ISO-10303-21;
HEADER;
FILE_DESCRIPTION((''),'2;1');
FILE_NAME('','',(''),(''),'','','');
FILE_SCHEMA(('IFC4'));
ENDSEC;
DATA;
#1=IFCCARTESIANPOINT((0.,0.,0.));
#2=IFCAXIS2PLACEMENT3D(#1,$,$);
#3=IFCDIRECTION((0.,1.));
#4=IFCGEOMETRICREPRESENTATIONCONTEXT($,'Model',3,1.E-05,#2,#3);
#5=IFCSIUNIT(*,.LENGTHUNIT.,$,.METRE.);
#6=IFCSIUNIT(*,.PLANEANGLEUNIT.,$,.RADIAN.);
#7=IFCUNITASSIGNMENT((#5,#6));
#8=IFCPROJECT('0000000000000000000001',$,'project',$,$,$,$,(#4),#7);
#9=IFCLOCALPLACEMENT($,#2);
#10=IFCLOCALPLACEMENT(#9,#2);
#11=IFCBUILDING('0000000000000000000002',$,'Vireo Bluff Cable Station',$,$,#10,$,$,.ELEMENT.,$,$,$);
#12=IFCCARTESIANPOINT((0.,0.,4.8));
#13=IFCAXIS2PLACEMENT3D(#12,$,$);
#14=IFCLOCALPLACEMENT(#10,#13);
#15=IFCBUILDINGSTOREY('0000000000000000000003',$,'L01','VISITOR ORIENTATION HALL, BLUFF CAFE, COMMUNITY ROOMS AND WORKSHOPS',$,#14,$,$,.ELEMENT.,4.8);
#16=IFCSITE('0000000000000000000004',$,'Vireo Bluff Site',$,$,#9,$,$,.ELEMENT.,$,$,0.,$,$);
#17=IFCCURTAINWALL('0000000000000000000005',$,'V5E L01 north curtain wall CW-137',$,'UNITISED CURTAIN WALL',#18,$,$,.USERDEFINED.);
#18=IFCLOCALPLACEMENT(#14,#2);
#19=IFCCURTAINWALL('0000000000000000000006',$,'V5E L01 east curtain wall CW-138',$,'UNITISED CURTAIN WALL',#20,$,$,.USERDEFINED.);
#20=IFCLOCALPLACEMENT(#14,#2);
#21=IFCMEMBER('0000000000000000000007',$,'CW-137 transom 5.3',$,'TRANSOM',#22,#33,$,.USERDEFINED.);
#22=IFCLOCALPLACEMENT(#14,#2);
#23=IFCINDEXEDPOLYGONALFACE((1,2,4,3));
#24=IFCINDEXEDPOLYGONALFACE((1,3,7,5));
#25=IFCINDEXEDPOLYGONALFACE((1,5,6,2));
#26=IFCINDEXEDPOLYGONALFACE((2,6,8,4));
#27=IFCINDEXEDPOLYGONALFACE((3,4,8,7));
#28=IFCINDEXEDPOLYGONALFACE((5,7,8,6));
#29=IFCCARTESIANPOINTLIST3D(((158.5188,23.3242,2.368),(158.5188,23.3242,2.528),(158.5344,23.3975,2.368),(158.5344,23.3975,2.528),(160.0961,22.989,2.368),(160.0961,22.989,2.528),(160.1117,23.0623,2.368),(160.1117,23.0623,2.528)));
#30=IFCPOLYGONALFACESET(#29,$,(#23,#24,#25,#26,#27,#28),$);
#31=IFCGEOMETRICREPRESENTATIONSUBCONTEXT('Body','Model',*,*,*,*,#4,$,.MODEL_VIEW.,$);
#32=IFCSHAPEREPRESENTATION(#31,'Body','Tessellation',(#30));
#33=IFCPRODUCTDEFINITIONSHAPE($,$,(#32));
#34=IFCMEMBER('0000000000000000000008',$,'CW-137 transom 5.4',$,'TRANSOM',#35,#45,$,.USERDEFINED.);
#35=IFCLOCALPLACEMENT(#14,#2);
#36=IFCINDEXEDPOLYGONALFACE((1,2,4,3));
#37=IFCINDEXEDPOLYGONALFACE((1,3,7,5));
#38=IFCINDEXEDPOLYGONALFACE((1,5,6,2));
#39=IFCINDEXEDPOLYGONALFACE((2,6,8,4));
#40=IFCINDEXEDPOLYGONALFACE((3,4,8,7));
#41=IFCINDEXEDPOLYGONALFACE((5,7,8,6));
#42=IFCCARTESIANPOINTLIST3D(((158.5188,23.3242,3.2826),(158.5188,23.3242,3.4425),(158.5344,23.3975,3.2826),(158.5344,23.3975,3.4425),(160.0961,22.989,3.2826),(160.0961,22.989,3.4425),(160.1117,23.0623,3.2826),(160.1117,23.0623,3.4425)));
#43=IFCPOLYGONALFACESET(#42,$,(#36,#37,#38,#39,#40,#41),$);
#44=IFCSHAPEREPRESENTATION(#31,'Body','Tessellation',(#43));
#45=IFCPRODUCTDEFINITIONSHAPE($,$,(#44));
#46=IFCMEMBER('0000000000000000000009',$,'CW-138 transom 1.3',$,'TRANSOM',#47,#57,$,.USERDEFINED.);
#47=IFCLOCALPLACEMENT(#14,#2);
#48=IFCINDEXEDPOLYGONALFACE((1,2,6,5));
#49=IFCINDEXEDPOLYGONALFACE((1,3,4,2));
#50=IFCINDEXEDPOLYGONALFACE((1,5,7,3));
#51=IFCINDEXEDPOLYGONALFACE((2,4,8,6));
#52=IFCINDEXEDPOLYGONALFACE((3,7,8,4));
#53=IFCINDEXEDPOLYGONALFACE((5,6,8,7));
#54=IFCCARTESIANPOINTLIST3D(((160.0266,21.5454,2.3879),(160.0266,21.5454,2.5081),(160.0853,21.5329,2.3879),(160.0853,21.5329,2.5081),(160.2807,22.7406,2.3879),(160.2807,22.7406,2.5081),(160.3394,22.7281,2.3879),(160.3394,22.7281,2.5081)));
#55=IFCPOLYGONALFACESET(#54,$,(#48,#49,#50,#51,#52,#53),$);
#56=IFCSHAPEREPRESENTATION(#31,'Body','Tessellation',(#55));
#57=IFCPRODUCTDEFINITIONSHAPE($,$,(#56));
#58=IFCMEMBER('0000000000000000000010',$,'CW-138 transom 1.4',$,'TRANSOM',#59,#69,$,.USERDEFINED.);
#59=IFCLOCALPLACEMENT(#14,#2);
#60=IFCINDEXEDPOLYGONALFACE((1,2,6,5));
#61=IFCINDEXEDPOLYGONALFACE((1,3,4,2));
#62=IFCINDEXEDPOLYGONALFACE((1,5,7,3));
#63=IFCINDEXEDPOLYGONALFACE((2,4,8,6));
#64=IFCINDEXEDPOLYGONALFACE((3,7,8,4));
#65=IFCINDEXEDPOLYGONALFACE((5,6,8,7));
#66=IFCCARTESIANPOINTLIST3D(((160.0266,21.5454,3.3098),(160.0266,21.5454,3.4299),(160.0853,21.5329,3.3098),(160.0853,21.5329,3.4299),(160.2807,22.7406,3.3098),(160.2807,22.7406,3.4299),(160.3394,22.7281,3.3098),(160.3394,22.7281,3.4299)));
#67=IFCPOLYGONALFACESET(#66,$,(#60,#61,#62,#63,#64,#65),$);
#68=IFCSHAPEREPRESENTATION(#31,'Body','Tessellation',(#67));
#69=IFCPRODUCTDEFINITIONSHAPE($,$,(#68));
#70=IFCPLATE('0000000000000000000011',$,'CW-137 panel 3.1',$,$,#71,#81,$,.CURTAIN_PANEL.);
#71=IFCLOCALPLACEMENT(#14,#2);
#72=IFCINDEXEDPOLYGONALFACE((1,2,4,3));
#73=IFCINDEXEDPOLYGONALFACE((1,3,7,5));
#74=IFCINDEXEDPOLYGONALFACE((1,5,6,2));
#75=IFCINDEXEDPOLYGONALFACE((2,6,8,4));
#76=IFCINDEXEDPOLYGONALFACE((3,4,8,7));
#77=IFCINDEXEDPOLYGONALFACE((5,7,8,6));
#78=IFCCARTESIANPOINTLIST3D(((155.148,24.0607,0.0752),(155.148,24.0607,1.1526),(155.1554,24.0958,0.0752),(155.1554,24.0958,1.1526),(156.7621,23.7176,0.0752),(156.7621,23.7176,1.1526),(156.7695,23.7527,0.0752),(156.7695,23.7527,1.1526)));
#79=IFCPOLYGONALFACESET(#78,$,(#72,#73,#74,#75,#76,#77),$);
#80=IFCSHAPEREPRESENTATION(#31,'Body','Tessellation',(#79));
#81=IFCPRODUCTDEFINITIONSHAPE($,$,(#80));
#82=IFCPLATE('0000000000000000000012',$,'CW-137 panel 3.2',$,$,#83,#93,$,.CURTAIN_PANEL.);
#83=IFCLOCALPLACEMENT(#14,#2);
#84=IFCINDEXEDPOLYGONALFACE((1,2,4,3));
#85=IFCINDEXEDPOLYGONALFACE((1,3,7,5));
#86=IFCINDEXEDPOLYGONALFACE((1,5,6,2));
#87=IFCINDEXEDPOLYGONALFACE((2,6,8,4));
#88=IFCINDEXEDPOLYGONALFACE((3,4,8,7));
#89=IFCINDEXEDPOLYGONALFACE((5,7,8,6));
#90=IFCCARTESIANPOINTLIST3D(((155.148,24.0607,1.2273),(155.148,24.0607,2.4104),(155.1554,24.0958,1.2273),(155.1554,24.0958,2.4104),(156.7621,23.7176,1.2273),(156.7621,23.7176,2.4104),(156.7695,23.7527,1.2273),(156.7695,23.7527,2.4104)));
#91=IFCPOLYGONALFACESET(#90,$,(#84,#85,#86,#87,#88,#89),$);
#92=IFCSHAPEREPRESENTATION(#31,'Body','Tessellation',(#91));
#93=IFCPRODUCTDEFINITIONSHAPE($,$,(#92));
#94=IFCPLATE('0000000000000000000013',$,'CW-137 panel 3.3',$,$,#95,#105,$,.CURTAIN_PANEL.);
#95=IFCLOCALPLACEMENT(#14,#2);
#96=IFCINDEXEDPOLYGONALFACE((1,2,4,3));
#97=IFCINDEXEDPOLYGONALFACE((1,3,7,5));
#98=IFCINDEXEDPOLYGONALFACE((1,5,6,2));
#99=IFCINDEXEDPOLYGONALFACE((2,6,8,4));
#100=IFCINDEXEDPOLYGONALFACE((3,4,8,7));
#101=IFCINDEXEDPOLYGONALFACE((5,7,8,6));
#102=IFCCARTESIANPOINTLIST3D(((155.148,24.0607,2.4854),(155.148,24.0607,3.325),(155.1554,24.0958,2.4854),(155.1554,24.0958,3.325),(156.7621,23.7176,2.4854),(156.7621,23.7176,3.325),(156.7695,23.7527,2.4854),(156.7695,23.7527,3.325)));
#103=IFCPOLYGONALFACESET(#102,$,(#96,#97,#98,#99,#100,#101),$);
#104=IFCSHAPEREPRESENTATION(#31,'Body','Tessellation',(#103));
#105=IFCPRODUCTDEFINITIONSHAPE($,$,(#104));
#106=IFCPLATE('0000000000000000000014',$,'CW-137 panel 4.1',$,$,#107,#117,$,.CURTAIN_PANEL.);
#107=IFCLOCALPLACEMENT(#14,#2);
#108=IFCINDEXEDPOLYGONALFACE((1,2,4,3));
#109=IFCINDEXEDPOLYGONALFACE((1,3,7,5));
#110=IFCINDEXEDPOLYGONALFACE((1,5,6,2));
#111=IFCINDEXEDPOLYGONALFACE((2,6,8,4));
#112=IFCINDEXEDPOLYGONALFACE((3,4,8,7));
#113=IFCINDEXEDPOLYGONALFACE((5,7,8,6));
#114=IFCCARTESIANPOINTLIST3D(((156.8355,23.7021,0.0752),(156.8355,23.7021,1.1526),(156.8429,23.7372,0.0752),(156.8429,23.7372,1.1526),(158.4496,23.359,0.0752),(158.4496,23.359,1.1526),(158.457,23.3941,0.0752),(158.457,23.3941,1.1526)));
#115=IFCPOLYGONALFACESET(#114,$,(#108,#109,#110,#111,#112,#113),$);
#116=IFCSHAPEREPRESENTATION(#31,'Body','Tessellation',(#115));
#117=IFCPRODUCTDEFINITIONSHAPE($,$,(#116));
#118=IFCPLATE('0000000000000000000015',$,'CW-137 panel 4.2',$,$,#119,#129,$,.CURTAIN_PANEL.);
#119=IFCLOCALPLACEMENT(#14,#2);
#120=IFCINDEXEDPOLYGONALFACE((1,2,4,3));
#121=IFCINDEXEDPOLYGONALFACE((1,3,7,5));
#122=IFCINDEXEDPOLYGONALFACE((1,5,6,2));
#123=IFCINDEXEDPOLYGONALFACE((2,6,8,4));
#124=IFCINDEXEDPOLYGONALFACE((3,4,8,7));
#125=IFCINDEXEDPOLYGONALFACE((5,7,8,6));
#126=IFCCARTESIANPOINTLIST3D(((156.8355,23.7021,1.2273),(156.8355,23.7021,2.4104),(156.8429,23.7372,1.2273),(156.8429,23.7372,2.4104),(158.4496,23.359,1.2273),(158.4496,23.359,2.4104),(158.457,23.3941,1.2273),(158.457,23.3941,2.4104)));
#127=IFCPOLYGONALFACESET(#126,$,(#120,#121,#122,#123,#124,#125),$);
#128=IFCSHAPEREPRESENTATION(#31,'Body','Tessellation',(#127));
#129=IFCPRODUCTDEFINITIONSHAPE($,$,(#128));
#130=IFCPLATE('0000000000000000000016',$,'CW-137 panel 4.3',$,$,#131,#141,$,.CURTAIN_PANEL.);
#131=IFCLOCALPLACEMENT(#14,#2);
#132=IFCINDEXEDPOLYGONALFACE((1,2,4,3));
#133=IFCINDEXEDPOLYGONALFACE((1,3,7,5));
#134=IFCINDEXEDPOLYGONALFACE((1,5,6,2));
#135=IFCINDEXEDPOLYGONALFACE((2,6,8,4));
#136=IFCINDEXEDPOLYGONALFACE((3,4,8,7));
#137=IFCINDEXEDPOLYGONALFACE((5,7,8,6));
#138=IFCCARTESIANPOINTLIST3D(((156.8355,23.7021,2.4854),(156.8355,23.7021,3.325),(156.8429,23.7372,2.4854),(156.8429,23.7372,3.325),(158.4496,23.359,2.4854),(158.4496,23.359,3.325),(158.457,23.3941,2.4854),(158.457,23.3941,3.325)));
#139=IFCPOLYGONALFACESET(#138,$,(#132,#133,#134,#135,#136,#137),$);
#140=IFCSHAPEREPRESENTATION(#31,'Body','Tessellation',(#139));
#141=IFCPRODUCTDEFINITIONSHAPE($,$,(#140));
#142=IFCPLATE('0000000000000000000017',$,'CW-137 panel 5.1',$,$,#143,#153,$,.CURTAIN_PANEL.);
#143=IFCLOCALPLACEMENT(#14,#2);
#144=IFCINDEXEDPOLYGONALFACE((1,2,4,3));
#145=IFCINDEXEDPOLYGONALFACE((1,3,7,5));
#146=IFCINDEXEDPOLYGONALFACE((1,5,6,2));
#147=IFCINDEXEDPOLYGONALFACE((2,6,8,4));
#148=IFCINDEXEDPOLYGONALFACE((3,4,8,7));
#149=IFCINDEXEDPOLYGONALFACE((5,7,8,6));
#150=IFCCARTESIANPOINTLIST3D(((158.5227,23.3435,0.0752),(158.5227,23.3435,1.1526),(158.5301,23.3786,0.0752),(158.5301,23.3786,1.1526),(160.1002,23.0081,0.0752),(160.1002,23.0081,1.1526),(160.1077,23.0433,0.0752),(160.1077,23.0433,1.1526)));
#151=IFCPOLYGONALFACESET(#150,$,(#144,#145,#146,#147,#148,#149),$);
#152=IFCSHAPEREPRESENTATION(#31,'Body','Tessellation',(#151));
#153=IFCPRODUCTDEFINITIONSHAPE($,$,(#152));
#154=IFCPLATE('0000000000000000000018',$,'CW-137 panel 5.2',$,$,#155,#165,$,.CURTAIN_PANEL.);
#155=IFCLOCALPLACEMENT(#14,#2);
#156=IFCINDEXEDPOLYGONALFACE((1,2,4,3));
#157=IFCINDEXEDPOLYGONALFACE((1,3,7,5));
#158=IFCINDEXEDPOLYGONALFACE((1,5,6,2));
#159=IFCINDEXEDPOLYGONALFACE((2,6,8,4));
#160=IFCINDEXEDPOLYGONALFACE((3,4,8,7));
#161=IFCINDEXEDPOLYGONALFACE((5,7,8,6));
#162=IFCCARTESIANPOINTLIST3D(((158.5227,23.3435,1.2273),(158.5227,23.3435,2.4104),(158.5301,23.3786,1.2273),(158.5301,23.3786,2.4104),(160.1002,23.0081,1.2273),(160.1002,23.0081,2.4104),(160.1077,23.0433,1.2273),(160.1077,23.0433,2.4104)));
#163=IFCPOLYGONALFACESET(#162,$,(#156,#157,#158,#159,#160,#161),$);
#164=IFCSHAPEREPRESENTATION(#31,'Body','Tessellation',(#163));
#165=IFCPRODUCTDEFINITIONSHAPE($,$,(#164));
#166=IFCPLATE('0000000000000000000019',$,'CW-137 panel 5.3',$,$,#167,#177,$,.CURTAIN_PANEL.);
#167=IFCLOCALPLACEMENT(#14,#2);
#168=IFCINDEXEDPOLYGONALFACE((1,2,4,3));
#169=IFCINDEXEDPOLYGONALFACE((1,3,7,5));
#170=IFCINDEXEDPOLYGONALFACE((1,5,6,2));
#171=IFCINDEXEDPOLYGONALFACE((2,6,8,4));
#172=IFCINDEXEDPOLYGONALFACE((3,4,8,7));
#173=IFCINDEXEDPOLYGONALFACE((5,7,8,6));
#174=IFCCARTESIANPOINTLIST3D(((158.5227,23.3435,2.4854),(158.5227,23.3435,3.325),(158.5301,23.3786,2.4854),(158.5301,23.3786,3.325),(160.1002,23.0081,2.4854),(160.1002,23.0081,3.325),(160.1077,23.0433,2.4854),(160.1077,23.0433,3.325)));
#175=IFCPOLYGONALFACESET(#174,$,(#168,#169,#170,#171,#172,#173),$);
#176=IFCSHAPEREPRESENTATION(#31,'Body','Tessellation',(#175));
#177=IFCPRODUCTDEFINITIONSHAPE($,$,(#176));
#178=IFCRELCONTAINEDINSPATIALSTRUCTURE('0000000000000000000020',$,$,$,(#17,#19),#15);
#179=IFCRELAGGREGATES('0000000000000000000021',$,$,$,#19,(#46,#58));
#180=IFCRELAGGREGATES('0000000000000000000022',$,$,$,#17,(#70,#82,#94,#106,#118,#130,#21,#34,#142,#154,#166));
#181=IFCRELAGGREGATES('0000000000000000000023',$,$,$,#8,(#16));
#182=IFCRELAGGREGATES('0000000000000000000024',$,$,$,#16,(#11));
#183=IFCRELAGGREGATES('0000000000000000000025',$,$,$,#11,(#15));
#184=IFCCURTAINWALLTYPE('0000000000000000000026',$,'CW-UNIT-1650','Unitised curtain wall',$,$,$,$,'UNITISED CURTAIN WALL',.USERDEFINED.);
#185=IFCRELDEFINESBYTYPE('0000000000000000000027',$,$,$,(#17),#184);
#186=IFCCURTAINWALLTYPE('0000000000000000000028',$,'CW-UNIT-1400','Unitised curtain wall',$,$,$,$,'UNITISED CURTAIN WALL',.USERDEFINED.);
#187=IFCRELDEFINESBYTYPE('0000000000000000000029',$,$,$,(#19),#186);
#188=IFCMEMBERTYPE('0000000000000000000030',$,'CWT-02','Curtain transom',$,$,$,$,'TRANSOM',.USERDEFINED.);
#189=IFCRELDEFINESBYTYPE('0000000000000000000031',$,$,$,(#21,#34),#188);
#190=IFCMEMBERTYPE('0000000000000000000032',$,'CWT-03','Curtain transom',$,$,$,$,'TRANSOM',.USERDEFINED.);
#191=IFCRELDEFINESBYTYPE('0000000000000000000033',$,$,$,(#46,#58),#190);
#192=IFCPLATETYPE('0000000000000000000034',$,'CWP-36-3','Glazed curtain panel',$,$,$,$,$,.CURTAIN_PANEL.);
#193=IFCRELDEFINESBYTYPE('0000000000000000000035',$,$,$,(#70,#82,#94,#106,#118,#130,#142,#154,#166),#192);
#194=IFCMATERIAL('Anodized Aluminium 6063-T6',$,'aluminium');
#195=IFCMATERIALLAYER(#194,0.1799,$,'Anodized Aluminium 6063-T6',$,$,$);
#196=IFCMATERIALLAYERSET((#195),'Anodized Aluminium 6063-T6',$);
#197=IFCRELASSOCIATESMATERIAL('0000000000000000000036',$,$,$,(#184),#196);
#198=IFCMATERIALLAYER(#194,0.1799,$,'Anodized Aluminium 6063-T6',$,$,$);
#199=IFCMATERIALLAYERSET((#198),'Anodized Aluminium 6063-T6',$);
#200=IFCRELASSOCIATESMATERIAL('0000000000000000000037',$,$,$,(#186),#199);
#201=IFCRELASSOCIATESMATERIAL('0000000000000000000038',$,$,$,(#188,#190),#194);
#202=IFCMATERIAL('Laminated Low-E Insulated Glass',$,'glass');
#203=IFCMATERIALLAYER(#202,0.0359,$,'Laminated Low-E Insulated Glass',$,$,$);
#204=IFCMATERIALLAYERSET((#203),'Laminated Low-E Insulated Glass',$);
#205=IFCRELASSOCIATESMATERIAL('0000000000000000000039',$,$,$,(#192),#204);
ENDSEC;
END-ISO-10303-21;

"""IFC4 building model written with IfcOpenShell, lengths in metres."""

from ifc_helpers import new_model, si_unit, direction, frame, origin, origin_2d, place, context, subcontext, project, spatial, rectangle, extrude, material, layer, layer_set, material_profile, profile_set, type_object, element, aggregate, save


model = new_model("IFC4")

# Units and contexts
model_context = context("Model", 3, precision=1e-05, world=origin(), true_north=direction((0.0, 1.0)))
body_context = subcontext(model_context, "Body", "Model", "MODEL_VIEW")
ifc_project = project(units=[si_unit("LENGTHUNIT", "METRE"), si_unit("PLANEANGLEUNIT", "RADIAN")], contexts=[model_context])

# Site, building, storey
site_placement = place(None, origin())
site = spatial("IfcSite", under=ifc_project, at=site_placement, Name="Vireo Bluff Site", CompositionType="ELEMENT", RefElevation=0.0)
building_placement = place(site_placement, origin())
building = spatial("IfcBuilding", under=site, at=building_placement, Name="Vireo Bluff Cable Station", CompositionType="ELEMENT")
storey_placement = place(building_placement, frame((0.0, 0.0, 4.8)))
storey = spatial("IfcBuildingStorey", under=building, at=storey_placement, Name="L01", Description="VISITOR ORIENTATION HALL, BLUFF CAFE, COMMUNITY ROOMS AND WORKSHOPS", CompositionType="ELEMENT", Elevation=4.8)

# Curtain wall
ifc_material_1 = material(Name="Anodized Aluminium 6063-T6", Category="aluminium")
ifc_layer_1 = layer(ifc_material_1, 0.1799, Name="Anodized Aluminium 6063-T6")
ifc_layer_set_1 = layer_set([ifc_layer_1], Name="Anodized Aluminium 6063-T6")
curtain_wall_type_1 = type_object("IfcCurtainWallType", Name="CW-UNIT-1650", Description="Unitised curtain wall", ElementType="UNITISED CURTAIN WALL", PredefinedType="USERDEFINED", material=ifc_layer_set_1)
curtain_wall_1_placement = place(storey_placement, origin())
curtain_wall_1 = element("IfcCurtainWall", 1, at=curtain_wall_1_placement, inside=storey, type_object=curtain_wall_type_1, Name="V5E L01 north curtain wall CW-137", ObjectType="UNITISED CURTAIN WALL", PredefinedType="USERDEFINED")

# Curtain wall
ifc_layer_2 = layer(ifc_material_1, 0.1799, Name="Anodized Aluminium 6063-T6")
ifc_layer_set_2 = layer_set([ifc_layer_2], Name="Anodized Aluminium 6063-T6")
curtain_wall_type_2 = type_object("IfcCurtainWallType", Name="CW-UNIT-1400", Description="Unitised curtain wall", ElementType="UNITISED CURTAIN WALL", PredefinedType="USERDEFINED", material=ifc_layer_set_2)
curtain_wall_2_placement = place(storey_placement, origin())
curtain_wall_2 = element("IfcCurtainWall", 2, at=curtain_wall_2_placement, inside=storey, type_object=curtain_wall_type_2, Name="V5E L01 east curtain wall CW-138", ObjectType="UNITISED CURTAIN WALL", PredefinedType="USERDEFINED")

# Members
ifc_material_profile_1 = material_profile(ifc_material_1, rectangle(XDim=0.075, YDim=0.1599, at=origin_2d()), Name="ALU-T-75X160")
ifc_profile_set_1 = profile_set([ifc_material_profile_1], Name="Anodized Aluminium 6063-T6")
member_type_1 = type_object("IfcMemberType", Name="CWT-02", Description="Curtain transom", ElementType="TRANSOM", PredefinedType="USERDEFINED", material=ifc_profile_set_1)
member_1_placement = place(storey_placement, frame((158.5266, 23.3608, 2.448), z_axis=(0.978158, -0.207864, 0.0), x_axis=(0.207864, 0.978158, 0.0)))
member_1 = element("IfcMember", 3, at=member_1_placement, type_object=member_type_1, Name="CW-137 transom 5.3", ObjectType="TRANSOM", PredefinedType="USERDEFINED", context=body_context, shape_type="SweptSolid", body=[
    extrude(rectangle(XDim=0.075, YDim=0.1599, at=origin_2d()), origin(), (0.0, 0.0, 1.0), 1.6125),
])
member_2_placement = place(storey_placement, frame((158.5266, 23.3608, 3.3625), z_axis=(0.978158, -0.207864, 0.0), x_axis=(0.207864, 0.978158, 0.0)))
member_2 = element("IfcMember", 4, at=member_2_placement, type_object=member_type_1, Name="CW-137 transom 5.4", ObjectType="TRANSOM", PredefinedType="USERDEFINED", context=body_context, shape_type="SweptSolid", body=[
    extrude(rectangle(XDim=0.075, YDim=0.1599, at=origin_2d()), origin(), (0.0, 0.0, 1.0), 1.6125),
])
ifc_material_profile_2 = material_profile(ifc_material_1, rectangle(XDim=0.0601, YDim=0.1201, at=origin_2d()), Name="ALU-T-60X120")
ifc_profile_set_2 = profile_set([ifc_material_profile_2], Name="Anodized Aluminium 6063-T6")
member_type_2 = type_object("IfcMemberType", Name="CWT-03", Description="Curtain transom", ElementType="TRANSOM", PredefinedType="USERDEFINED", material=ifc_profile_set_2)
member_3_placement = place(storey_placement, frame((160.3101, 22.7344, 2.448), z_axis=(-0.207973, -0.978134, 0.0), x_axis=(0.978134, -0.207973, 0.0)))
member_3 = element("IfcMember", 5, at=member_3_placement, type_object=member_type_2, Name="CW-138 transom 1.3", ObjectType="TRANSOM", PredefinedType="USERDEFINED", context=body_context, shape_type="SweptSolid", body=[
    extrude(rectangle(XDim=0.0601, YDim=0.1201, at=origin_2d()), origin(), (0.0, 0.0, 1.0), 1.2219),
])
member_4_placement = place(storey_placement, frame((160.3101, 22.7344, 3.3699), z_axis=(-0.207973, -0.978134, 0.0), x_axis=(0.978134, -0.207973, 0.0)))
member_4 = element("IfcMember", 6, at=member_4_placement, type_object=member_type_2, Name="CW-138 transom 1.4", ObjectType="TRANSOM", PredefinedType="USERDEFINED", context=body_context, shape_type="SweptSolid", body=[
    extrude(rectangle(XDim=0.0601, YDim=0.1201, at=origin_2d()), origin(), (0.0, 0.0, 1.0), 1.2219),
])
aggregate(curtain_wall_2, [member_3, member_4])

# Plates
ifc_material_2 = material(Name="Laminated Low-E Insulated Glass", Category="glass")
ifc_layer_3 = layer(ifc_material_2, 0.0359, Name="Laminated Low-E Insulated Glass")
ifc_layer_set_3 = layer_set([ifc_layer_3], Name="Laminated Low-E Insulated Glass")
plate_type = type_object("IfcPlateType", Name="CWP-36-3", Description="Glazed curtain panel", PredefinedType="CURTAIN_PANEL", material=ifc_layer_set_3)
plate_1_placement = place(storey_placement, frame((155.9587, 23.9067, 0.0752), z_axis=(0.0, 0.0, 1.0), x_axis=(0.978148, -0.207912, 0.0)))
plate_1 = element("IfcPlate", 7, at=plate_1_placement, type_object=plate_type, Name="CW-137 panel 3.1", PredefinedType="CURTAIN_PANEL", context=body_context, shape_type="SweptSolid", body=[
    extrude(rectangle(XDim=1.6501, YDim=0.0359, at=origin_2d()), origin(), (0.0, 0.0, 1.0), 1.0774),
])
plate_2_placement = place(storey_placement, frame((155.9587, 23.9067, 1.2273), z_axis=(0.0, 0.0, 1.0), x_axis=(0.978148, -0.207912, 0.0)))
plate_2 = element("IfcPlate", 8, at=plate_2_placement, type_object=plate_type, Name="CW-137 panel 3.2", PredefinedType="CURTAIN_PANEL", context=body_context, shape_type="SweptSolid", body=[
    extrude(rectangle(XDim=1.6501, YDim=0.0359, at=origin_2d()), origin(), (0.0, 0.0, 1.0), 1.1831),
])
plate_3_placement = place(storey_placement, frame((155.9587, 23.9067, 2.4854), z_axis=(0.0, 0.0, 1.0), x_axis=(0.978148, -0.207912, 0.0)))
plate_3 = element("IfcPlate", 9, at=plate_3_placement, type_object=plate_type, Name="CW-137 panel 3.3", PredefinedType="CURTAIN_PANEL", context=body_context, shape_type="SweptSolid", body=[
    extrude(rectangle(XDim=1.6501, YDim=0.0359, at=origin_2d()), origin(), (0.0, 0.0, 1.0), 0.8396),
])
plate_4_placement = place(storey_placement, frame((157.6462, 23.5481, 0.0752), z_axis=(0.0, 0.0, 1.0), x_axis=(0.978148, -0.207912, 0.0)))
plate_4 = element("IfcPlate", 10, at=plate_4_placement, type_object=plate_type, Name="CW-137 panel 4.1", PredefinedType="CURTAIN_PANEL", context=body_context, shape_type="SweptSolid", body=[
    extrude(rectangle(XDim=1.6501, YDim=0.0359, at=origin_2d()), origin(), (0.0, 0.0, 1.0), 1.0774),
])
plate_5_placement = place(storey_placement, frame((157.6462, 23.5481, 1.2273), z_axis=(0.0, 0.0, 1.0), x_axis=(0.978148, -0.207912, 0.0)))
plate_5 = element("IfcPlate", 11, at=plate_5_placement, type_object=plate_type, Name="CW-137 panel 4.2", PredefinedType="CURTAIN_PANEL", context=body_context, shape_type="SweptSolid", body=[
    extrude(rectangle(XDim=1.6501, YDim=0.0359, at=origin_2d()), origin(), (0.0, 0.0, 1.0), 1.1831),
])
plate_6_placement = place(storey_placement, frame((157.6462, 23.5481, 2.4854), z_axis=(0.0, 0.0, 1.0), x_axis=(0.978148, -0.207912, 0.0)))
plate_6 = element("IfcPlate", 12, at=plate_6_placement, type_object=plate_type, Name="CW-137 panel 4.3", PredefinedType="CURTAIN_PANEL", context=body_context, shape_type="SweptSolid", body=[
    extrude(rectangle(XDim=1.6501, YDim=0.0359, at=origin_2d()), origin(), (0.0, 0.0, 1.0), 0.8396),
])
plate_7_placement = place(storey_placement, frame((159.3152, 23.1934, 0.0752), z_axis=(0.0, 0.0, 1.0), x_axis=(0.978148, -0.207912, 0.0)))
plate_7 = element("IfcPlate", 13, at=plate_7_placement, type_object=plate_type, Name="CW-137 panel 5.1", PredefinedType="CURTAIN_PANEL", context=body_context, shape_type="SweptSolid", body=[
    extrude(rectangle(XDim=1.6128, YDim=0.0359, at=origin_2d()), origin(), (0.0, 0.0, 1.0), 1.0774),
])
plate_8_placement = place(storey_placement, frame((159.3152, 23.1934, 1.2273), z_axis=(0.0, 0.0, 1.0), x_axis=(0.978148, -0.207912, 0.0)))
plate_8 = element("IfcPlate", 14, at=plate_8_placement, type_object=plate_type, Name="CW-137 panel 5.2", PredefinedType="CURTAIN_PANEL", context=body_context, shape_type="SweptSolid", body=[
    extrude(rectangle(XDim=1.6128, YDim=0.0359, at=origin_2d()), origin(), (0.0, 0.0, 1.0), 1.1831),
])
plate_9_placement = place(storey_placement, frame((159.3152, 23.1934, 2.4854), z_axis=(0.0, 0.0, 1.0), x_axis=(0.978148, -0.207912, 0.0)))
plate_9 = element("IfcPlate", 15, at=plate_9_placement, type_object=plate_type, Name="CW-137 panel 5.3", PredefinedType="CURTAIN_PANEL", context=body_context, shape_type="SweptSolid", body=[
    extrude(rectangle(XDim=1.6128, YDim=0.0359, at=origin_2d()), origin(), (0.0, 0.0, 1.0), 0.8396),
])
aggregate(curtain_wall_1, [plate_1, plate_2, plate_3, plate_4, plate_5, plate_6, member_1, member_2, plate_7, plate_8, plate_9])

save(model, "model.ifc")
